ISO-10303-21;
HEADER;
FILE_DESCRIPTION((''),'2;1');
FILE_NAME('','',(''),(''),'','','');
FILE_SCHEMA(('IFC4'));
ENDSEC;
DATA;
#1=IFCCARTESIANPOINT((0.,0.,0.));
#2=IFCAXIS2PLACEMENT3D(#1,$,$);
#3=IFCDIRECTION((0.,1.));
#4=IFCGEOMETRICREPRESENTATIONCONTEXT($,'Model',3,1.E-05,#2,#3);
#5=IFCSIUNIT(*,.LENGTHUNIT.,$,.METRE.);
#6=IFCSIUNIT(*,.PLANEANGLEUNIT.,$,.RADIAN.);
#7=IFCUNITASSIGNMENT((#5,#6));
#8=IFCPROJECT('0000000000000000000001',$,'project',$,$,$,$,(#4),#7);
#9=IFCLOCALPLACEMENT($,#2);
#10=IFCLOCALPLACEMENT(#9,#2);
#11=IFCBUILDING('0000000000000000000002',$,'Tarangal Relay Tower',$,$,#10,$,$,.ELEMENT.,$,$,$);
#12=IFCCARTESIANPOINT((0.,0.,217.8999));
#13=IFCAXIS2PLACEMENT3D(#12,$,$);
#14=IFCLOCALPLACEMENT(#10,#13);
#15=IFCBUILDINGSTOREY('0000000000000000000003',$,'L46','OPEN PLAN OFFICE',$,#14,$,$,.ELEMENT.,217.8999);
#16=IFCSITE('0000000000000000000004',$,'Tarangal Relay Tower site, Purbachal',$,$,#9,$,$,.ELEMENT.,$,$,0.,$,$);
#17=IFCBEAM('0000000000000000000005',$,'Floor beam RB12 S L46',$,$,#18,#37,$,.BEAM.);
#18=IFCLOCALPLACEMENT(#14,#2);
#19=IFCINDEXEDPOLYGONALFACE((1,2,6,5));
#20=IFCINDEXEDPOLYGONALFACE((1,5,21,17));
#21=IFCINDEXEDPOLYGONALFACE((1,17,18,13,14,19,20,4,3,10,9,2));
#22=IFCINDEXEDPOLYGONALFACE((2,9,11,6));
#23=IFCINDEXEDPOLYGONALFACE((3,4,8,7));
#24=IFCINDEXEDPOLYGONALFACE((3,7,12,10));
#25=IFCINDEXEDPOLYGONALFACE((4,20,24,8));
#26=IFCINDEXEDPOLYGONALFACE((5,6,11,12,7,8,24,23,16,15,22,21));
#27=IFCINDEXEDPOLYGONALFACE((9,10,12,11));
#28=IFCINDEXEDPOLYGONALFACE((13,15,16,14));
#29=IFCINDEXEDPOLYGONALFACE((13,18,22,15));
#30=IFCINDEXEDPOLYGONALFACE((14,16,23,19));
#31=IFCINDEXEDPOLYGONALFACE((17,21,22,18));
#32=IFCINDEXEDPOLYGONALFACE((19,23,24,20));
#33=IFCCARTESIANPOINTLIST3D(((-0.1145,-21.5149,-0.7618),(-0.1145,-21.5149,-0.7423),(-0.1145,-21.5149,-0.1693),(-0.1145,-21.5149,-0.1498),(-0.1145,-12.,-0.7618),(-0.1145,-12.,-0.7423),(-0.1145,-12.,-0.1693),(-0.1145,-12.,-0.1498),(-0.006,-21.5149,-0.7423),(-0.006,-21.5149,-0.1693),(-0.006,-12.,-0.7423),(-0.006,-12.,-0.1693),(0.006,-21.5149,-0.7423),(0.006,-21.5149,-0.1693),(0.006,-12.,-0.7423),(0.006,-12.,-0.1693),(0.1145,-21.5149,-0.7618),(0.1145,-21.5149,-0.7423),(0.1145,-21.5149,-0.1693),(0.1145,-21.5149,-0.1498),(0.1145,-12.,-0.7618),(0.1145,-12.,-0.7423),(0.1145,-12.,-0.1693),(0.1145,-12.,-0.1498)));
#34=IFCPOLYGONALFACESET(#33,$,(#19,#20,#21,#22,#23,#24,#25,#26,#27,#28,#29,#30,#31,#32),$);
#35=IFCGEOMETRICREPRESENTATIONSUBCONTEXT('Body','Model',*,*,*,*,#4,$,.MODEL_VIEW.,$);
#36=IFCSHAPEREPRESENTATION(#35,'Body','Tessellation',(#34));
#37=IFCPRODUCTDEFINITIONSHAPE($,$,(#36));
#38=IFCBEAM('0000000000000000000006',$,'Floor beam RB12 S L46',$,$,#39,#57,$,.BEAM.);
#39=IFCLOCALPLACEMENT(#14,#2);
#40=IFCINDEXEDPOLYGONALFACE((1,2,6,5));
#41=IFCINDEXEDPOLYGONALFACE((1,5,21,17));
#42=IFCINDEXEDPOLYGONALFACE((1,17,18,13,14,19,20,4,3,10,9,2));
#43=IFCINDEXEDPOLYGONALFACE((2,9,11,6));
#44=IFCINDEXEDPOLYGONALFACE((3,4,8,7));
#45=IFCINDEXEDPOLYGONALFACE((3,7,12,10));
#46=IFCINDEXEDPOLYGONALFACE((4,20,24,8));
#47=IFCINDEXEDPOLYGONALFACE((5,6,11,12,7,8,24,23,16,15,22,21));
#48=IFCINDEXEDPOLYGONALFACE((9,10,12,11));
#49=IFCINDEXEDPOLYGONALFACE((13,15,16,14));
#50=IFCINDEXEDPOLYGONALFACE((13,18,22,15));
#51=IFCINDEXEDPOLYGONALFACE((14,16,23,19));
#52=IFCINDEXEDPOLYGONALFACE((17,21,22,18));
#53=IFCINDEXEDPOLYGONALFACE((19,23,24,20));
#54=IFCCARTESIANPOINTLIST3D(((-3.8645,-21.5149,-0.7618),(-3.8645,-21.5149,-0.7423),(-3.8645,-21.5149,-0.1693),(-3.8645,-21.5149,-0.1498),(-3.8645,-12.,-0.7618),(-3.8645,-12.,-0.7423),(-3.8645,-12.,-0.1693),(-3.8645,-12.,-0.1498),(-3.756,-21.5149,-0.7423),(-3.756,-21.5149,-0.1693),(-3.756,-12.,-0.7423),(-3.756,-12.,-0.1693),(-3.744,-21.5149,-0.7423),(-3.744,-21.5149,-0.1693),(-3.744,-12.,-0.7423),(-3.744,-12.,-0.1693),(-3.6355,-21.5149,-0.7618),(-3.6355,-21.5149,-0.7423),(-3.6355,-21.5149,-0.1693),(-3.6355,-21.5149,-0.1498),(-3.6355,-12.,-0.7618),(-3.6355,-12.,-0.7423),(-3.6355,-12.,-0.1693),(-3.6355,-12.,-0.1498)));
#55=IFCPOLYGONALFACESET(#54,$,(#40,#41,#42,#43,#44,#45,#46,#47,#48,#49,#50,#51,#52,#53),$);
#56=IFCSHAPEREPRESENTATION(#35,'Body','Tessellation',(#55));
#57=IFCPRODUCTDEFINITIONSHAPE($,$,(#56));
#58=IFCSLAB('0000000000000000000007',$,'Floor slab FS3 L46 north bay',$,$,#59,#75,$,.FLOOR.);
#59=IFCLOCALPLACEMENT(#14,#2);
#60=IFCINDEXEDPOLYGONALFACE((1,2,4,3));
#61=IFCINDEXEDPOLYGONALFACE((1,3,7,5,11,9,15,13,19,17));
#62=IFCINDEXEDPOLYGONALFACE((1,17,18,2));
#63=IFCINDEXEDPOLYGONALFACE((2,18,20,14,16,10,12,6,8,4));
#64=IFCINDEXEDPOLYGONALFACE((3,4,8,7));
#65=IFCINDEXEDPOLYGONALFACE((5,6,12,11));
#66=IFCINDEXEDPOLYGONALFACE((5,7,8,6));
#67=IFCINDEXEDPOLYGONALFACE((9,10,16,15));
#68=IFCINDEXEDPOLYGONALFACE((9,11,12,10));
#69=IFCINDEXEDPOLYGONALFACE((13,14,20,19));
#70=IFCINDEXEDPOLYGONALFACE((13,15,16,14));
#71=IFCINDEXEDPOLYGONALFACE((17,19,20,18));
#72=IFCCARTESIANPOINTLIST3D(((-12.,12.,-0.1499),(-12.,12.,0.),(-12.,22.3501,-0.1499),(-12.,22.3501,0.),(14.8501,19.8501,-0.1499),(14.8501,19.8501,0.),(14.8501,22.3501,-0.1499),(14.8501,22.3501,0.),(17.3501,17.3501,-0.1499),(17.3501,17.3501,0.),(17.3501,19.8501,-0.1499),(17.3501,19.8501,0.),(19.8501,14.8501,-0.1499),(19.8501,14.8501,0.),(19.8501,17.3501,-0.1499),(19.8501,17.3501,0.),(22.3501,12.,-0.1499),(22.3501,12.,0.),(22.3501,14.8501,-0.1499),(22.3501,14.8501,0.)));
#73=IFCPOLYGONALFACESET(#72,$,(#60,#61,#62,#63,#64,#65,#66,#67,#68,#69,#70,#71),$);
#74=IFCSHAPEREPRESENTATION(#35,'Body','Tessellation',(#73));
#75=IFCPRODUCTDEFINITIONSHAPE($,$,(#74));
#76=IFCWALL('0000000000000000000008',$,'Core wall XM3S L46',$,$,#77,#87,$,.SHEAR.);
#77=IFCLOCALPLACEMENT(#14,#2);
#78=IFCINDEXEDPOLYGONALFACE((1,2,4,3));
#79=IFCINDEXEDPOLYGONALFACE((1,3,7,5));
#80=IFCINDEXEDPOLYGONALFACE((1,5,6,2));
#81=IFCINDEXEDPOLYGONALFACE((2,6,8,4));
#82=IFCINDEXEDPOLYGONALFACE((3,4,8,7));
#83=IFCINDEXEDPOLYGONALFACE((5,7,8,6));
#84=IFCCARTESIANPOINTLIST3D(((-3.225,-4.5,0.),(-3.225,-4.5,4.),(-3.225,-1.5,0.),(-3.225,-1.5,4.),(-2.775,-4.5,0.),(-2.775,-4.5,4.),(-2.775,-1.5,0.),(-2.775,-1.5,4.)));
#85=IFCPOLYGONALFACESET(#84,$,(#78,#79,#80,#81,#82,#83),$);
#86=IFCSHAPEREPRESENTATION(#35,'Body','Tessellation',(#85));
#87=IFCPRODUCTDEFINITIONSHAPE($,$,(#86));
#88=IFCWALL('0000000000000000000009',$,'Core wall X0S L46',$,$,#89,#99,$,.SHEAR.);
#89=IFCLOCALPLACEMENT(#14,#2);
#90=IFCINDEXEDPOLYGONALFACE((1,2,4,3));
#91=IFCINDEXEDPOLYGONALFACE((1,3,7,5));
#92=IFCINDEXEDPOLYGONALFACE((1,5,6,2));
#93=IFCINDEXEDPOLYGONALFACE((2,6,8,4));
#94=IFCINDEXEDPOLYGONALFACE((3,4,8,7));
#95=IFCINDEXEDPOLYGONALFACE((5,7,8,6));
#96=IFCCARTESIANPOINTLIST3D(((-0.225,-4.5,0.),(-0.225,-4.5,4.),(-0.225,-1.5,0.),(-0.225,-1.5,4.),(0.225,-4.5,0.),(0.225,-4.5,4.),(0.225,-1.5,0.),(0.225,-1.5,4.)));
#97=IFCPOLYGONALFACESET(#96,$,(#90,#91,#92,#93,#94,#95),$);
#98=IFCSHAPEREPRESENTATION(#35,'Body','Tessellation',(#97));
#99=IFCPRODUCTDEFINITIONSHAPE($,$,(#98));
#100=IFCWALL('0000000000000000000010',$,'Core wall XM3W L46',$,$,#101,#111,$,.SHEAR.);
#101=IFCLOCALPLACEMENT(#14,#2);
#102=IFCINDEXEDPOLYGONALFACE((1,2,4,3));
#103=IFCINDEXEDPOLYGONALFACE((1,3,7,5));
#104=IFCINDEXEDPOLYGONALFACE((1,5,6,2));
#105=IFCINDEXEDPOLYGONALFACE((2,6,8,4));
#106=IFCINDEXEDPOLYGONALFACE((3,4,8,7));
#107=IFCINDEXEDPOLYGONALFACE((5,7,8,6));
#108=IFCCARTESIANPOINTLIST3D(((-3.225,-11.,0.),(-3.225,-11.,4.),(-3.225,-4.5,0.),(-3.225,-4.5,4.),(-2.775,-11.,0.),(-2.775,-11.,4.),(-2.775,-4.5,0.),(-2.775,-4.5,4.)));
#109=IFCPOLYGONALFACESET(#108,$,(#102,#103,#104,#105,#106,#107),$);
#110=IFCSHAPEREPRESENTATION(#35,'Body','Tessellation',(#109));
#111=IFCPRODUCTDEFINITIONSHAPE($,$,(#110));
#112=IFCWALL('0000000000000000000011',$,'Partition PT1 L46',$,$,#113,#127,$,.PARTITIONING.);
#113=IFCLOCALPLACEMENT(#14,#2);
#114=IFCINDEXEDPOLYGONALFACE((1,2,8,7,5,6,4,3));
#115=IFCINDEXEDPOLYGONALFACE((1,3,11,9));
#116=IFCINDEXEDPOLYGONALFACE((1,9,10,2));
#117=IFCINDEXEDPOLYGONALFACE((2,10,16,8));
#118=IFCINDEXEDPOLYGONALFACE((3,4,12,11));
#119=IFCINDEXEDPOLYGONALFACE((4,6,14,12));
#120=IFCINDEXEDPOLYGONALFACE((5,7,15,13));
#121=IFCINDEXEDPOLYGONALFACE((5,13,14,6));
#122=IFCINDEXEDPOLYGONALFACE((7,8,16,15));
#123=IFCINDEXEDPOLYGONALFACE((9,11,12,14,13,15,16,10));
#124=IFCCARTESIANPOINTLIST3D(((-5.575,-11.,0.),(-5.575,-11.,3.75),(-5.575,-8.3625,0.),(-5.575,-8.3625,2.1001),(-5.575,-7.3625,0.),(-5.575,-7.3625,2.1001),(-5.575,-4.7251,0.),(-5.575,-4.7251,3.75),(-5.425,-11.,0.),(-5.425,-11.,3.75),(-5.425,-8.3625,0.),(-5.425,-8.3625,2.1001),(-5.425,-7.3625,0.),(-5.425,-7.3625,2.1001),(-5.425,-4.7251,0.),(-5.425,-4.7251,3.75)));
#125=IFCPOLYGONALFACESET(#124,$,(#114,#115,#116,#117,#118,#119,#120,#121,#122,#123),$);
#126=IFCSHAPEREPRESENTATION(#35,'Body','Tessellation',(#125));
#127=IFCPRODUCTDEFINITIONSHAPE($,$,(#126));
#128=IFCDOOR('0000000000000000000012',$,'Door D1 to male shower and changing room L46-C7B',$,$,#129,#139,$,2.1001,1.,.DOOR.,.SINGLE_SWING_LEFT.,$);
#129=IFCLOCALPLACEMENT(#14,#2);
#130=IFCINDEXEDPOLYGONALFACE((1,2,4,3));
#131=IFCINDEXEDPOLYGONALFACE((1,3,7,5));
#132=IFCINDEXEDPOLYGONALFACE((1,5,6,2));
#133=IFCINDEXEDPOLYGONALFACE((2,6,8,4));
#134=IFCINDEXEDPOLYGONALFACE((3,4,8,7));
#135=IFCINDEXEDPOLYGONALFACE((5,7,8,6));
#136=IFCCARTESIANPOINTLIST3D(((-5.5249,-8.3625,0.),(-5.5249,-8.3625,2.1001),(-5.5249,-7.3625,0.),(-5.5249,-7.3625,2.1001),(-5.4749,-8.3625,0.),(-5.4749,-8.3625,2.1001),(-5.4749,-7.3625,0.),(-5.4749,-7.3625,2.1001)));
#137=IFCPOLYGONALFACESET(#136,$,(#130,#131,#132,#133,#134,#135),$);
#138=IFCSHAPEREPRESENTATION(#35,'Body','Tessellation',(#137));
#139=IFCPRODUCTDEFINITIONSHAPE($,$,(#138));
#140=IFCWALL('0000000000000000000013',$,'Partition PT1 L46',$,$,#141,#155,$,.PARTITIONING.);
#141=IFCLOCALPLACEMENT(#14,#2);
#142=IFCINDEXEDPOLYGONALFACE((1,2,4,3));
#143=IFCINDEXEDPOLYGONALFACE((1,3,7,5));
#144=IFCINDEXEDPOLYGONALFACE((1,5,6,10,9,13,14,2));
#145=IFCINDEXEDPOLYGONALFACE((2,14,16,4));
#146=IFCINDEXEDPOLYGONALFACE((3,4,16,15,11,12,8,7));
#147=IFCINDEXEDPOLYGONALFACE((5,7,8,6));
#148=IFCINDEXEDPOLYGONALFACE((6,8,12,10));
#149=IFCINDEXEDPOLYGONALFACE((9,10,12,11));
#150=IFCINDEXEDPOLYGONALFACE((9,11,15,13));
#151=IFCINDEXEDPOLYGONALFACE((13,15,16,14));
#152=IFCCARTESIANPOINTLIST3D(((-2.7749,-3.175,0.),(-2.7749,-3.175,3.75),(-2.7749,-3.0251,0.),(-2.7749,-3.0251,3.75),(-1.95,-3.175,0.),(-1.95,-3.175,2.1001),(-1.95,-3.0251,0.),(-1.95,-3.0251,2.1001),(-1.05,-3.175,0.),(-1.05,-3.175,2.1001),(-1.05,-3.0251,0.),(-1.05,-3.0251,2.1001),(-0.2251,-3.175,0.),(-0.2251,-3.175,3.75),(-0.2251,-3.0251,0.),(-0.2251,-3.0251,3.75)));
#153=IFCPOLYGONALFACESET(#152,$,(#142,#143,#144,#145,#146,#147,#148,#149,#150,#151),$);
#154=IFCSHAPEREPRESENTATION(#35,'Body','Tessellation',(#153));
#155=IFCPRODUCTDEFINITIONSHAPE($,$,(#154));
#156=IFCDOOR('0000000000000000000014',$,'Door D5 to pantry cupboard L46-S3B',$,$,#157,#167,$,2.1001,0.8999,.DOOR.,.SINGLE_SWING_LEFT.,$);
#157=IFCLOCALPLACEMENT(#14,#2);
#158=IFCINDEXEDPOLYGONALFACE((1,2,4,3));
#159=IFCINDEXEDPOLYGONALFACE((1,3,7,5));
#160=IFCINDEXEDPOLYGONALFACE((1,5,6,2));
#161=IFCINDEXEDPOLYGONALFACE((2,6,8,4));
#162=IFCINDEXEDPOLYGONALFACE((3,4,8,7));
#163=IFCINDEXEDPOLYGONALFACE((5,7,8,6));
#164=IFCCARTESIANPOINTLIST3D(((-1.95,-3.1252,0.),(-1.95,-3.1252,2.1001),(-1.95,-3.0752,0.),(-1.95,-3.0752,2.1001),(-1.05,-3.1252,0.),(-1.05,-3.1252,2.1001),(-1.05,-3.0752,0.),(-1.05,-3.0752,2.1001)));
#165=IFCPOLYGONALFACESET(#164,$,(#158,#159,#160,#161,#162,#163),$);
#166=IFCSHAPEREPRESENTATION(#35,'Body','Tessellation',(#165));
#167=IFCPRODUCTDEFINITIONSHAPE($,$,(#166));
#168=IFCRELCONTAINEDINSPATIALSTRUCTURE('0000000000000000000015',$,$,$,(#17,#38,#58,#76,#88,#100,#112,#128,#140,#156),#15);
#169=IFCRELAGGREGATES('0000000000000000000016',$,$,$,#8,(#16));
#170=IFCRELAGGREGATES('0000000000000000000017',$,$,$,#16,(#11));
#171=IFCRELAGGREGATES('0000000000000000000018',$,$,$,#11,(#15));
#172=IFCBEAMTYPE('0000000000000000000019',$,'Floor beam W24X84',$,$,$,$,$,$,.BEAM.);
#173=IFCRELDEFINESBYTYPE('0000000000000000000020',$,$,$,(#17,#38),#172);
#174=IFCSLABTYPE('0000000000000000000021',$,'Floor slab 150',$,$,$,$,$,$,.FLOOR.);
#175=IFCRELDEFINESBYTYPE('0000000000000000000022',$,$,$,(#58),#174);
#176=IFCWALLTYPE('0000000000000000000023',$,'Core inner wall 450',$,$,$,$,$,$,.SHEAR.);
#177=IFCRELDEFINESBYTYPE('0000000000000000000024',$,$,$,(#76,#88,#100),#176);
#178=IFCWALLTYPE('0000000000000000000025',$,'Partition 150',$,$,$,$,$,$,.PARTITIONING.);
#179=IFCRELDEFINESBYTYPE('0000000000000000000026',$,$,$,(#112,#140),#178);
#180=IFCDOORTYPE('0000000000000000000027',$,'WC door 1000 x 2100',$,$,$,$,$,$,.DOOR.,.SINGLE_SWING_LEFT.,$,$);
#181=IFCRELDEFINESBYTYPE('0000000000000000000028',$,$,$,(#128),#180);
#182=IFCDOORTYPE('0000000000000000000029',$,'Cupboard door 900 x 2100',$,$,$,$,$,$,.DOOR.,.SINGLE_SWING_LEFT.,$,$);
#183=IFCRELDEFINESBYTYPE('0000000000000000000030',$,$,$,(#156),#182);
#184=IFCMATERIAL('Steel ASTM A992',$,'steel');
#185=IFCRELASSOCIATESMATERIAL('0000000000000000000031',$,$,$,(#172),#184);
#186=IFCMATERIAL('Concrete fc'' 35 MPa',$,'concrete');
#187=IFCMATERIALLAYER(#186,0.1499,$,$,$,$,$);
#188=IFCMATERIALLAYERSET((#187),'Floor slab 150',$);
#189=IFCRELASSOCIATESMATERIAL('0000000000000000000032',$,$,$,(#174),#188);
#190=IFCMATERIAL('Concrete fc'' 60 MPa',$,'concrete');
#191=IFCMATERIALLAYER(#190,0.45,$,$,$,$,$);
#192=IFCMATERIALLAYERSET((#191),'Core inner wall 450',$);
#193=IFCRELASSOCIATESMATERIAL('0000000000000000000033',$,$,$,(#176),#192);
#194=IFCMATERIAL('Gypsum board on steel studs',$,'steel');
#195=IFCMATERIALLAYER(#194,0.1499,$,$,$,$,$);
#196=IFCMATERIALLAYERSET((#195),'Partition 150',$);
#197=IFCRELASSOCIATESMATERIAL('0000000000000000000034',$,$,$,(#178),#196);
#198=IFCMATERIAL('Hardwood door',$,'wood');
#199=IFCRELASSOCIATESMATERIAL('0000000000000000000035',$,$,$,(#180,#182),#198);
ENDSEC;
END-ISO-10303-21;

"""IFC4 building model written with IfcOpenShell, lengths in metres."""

from ifc_helpers import new_model, si_unit, direction, frame, frame_2d, origin, origin_2d, place, context, subcontext, project, spatial, polyline, rectangle, i_section, outline, extrude, material, layer, layer_set, material_profile, profile_set, type_object, element, fill, save


model = new_model("IFC4")

# Units and contexts
model_context = context("Model", 3, precision=1e-05, world=origin(), true_north=direction((0.0, 1.0)))
body_context = subcontext(model_context, "Body", "Model", "MODEL_VIEW")
ifc_project = project(units=[si_unit("LENGTHUNIT", "METRE"), si_unit("PLANEANGLEUNIT", "RADIAN")], contexts=[model_context])

# Site, building, storey
site_placement = place(None, origin())
site = spatial("IfcSite", under=ifc_project, at=site_placement, Name="Tarangal Relay Tower site, Purbachal", CompositionType="ELEMENT", RefElevation=0.0)
building_placement = place(site_placement, origin())
building = spatial("IfcBuilding", under=site, at=building_placement, Name="Tarangal Relay Tower", CompositionType="ELEMENT")
storey_placement = place(building_placement, frame((0.0, 0.0, 217.8999)))
storey = spatial("IfcBuildingStorey", under=building, at=storey_placement, Name="L46", Description="OPEN PLAN OFFICE", CompositionType="ELEMENT", Elevation=217.8999)

# Beams
ifc_material_1 = material(Name="Steel ASTM A992", Category="steel")
ifc_material_profile = material_profile(ifc_material_1, i_section(OverallWidth=0.229, OverallDepth=0.6121, WebThickness=0.012, FlangeThickness=0.0195, at=origin_2d()), Name="W24X84")
ifc_profile_set = profile_set([ifc_material_profile], Name="Steel ASTM A992")
beam_type = type_object("IfcBeamType", Name="Floor beam W24X84", PredefinedType="BEAM", material=ifc_profile_set)
for number, where, z_axis, x_axis, name in (
    (1, (0.0, -12.0, -0.4558), (0.0, -1.0, 0.0), (1.0, 0.0, 0.0), "Floor beam RB12 S L46"),
    (2, (-3.75, -12.0, -0.4558), (0.0, -1.0, 0.0), (1.0, 0.0, 0.0), "Floor beam RB12 S L46"),
):
    element("IfcBeam", number, at=place(storey_placement, frame(where, z_axis=z_axis, x_axis=x_axis)), inside=storey, type_object=beam_type, Name=name, PredefinedType="BEAM", context=body_context, shape_type="SweptSolid", body=[
        extrude(i_section(OverallWidth=0.229, OverallDepth=0.6121, WebThickness=0.012, FlangeThickness=0.0195, at=origin_2d()), origin(), (0.0, 0.0, 1.0), 9.5149),
    ])

# Slab
ifc_material_2 = material(Name="Concrete fc' 35 MPa", Category="concrete")
ifc_layer_1 = layer(ifc_material_2, 0.1499)
ifc_layer_set_1 = layer_set([ifc_layer_1], Name="Floor slab 150")
slab_type = type_object("IfcSlabType", Name="Floor slab 150", PredefinedType="FLOOR", material=ifc_layer_set_1)
slab_placement = place(storey_placement, frame((0.0, 0.0, -0.1499)))
element("IfcSlab", 3, at=slab_placement, inside=storey, type_object=slab_type, Name="Floor slab FS3 L46 north bay", PredefinedType="FLOOR", context=body_context, shape_type="SweptSolid", body=[
    extrude(outline(polyline([(14.8501, 22.3501), (14.8501, 19.8501), (17.3501, 19.8501), (17.3501, 17.3501), (19.8501, 17.3501), (19.8501, 14.8501), (22.3501, 14.8501), (22.3501, 12.0), (-12.0, 12.0), (-12.0, 22.3501), (14.8501, 22.3501)])), origin(), (0.0, 0.0, 1.0), 0.1499),
])

# Walls
ifc_material_3 = material(Name="Concrete fc' 60 MPa", Category="concrete")
ifc_layer_2 = layer(ifc_material_3, 0.45)
ifc_layer_set_2 = layer_set([ifc_layer_2], Name="Core inner wall 450")
wall_type_1 = type_object("IfcWallType", Name="Core inner wall 450", PredefinedType="SHEAR", material=ifc_layer_set_2)
for number, where, z_axis, x_axis, name in (
    (4, (-3.0, -4.5, 0.0), (0.0, 0.0, 1.0), (0.0, 1.0, 0.0), "Core wall XM3S L46"),
    (5, (0.0, -4.5, 0.0), (0.0, 0.0, 1.0), (0.0, 1.0, 0.0), "Core wall X0S L46"),
):
    element("IfcWall", number, at=place(storey_placement, frame(where, z_axis=z_axis, x_axis=x_axis)), inside=storey, type_object=wall_type_1, Name=name, PredefinedType="SHEAR", context=body_context, shape_type="SweptSolid", body=[
        extrude(rectangle(XDim=3.0, YDim=0.45, at=frame_2d((1.5, 0.0))), origin(), (0.0, 0.0, 1.0), 4.0),
    ])
wall_1_placement = place(storey_placement, frame((-3.0, -11.0, 0.0), z_axis=(0.0, 0.0, 1.0), x_axis=(0.0, 1.0, 0.0)))
element("IfcWall", 6, at=wall_1_placement, inside=storey, type_object=wall_type_1, Name="Core wall XM3W L46", PredefinedType="SHEAR", context=body_context, shape_type="SweptSolid", body=[
    extrude(rectangle(XDim=6.5, YDim=0.45, at=frame_2d((3.25, 0.0))), origin(), (0.0, 0.0, 1.0), 4.0),
])

# Walls, openings, doors
ifc_material_4 = material(Name="Gypsum board on steel studs", Category="steel")
ifc_layer_3 = layer(ifc_material_4, 0.1499)
ifc_layer_set_3 = layer_set([ifc_layer_3], Name="Partition 150")
wall_type_2 = type_object("IfcWallType", Name="Partition 150", PredefinedType="PARTITIONING", material=ifc_layer_set_3)
wall_2_placement = place(storey_placement, frame((-5.5, -11.0, 0.0), z_axis=(0.0, 0.0, 1.0), x_axis=(0.0, 1.0, 0.0)))
wall_2 = element("IfcWall", 7, at=wall_2_placement, inside=storey, type_object=wall_type_2, Name="Partition PT1 L46", PredefinedType="PARTITIONING", context=body_context, shape_type="SweptSolid", body=[
    extrude(rectangle(XDim=6.2749, YDim=0.1499, at=frame_2d((3.1375, 0.0))), origin(), (0.0, 0.0, 1.0), 3.75),
])
opening_1_placement = place(wall_2_placement, frame((2.6375, 0.0, 0.0)))
opening_1 = element("IfcOpeningElement", 8, at=opening_1_placement, cuts=wall_2, PredefinedType="OPENING", context=body_context, shape_type="SweptSolid", body=[
    extrude(rectangle(XDim=1.0, YDim=2.1001, at=frame_2d((0.5, 1.05))), frame((0.0, 0.085, 0.0), z_axis=(0.0, -1.0, 0.0), x_axis=(1.0, 0.0, 0.0)), (0.0, 0.0, 1.0), 0.1699),
])
ifc_material_5 = material(Name="Hardwood door", Category="wood")
door_type_1 = type_object("IfcDoorType", Name="WC door 1000 x 2100", OperationType="SINGLE_SWING_LEFT", PredefinedType="DOOR", material=ifc_material_5)
door_1_placement = place(opening_1_placement, origin())
door_1 = element("IfcDoor", 9, at=door_1_placement, inside=storey, type_object=door_type_1, Name="Door D1 to male shower and changing room L46-C7B", OperationType="SINGLE_SWING_LEFT", OverallHeight=2.1001, OverallWidth=1.0, PredefinedType="DOOR", context=body_context, shape_type="SweptSolid", body=[
    extrude(rectangle(XDim=1.0, YDim=2.1001, at=frame_2d((0.5, 1.05))), frame((0.0, 0.0249, 0.0), z_axis=(0.0, -1.0, 0.0), x_axis=(1.0, 0.0, 0.0)), (0.0, 0.0, 1.0), 0.05),
])
fill(opening_1, door_1)
wall_3_placement = place(storey_placement, frame((-2.7749, -3.1001, 0.0), z_axis=(0.0, 0.0, 1.0), x_axis=(1.0, 0.0, 0.0)))
wall_3 = element("IfcWall", 10, at=wall_3_placement, inside=storey, type_object=wall_type_2, Name="Partition PT1 L46", PredefinedType="PARTITIONING", context=body_context, shape_type="SweptSolid", body=[
    extrude(rectangle(XDim=2.5498, YDim=0.1499, at=frame_2d((1.2749, 0.0))), origin(), (0.0, 0.0, 1.0), 3.75),
])
opening_2_placement = place(wall_3_placement, frame((0.825, 0.0, 0.0)))
opening_2 = element("IfcOpeningElement", 11, at=opening_2_placement, cuts=wall_3, PredefinedType="OPENING", context=body_context, shape_type="SweptSolid", body=[
    extrude(rectangle(XDim=0.8999, YDim=2.1001, at=frame_2d((0.45, 1.05))), frame((0.0, 0.085, 0.0), z_axis=(0.0, -1.0, 0.0), x_axis=(1.0, 0.0, 0.0)), (0.0, 0.0, 1.0), 0.1699),
])
door_type_2 = type_object("IfcDoorType", Name="Cupboard door 900 x 2100", OperationType="SINGLE_SWING_LEFT", PredefinedType="DOOR", material=ifc_material_5)
door_2_placement = place(opening_2_placement, origin())
door_2 = element("IfcDoor", 12, at=door_2_placement, inside=storey, type_object=door_type_2, Name="Door D5 to pantry cupboard L46-S3B", OperationType="SINGLE_SWING_LEFT", OverallHeight=2.1001, OverallWidth=0.8999, PredefinedType="DOOR", context=body_context, shape_type="SweptSolid", body=[
    extrude(rectangle(XDim=0.8999, YDim=2.1001, at=frame_2d((0.45, 1.05))), frame((0.0, 0.0249, 0.0), z_axis=(0.0, -1.0, 0.0), x_axis=(1.0, 0.0, 0.0)), (0.0, 0.0, 1.0), 0.05),
])
fill(opening_2, door_2)

save(model, "model.ifc")
